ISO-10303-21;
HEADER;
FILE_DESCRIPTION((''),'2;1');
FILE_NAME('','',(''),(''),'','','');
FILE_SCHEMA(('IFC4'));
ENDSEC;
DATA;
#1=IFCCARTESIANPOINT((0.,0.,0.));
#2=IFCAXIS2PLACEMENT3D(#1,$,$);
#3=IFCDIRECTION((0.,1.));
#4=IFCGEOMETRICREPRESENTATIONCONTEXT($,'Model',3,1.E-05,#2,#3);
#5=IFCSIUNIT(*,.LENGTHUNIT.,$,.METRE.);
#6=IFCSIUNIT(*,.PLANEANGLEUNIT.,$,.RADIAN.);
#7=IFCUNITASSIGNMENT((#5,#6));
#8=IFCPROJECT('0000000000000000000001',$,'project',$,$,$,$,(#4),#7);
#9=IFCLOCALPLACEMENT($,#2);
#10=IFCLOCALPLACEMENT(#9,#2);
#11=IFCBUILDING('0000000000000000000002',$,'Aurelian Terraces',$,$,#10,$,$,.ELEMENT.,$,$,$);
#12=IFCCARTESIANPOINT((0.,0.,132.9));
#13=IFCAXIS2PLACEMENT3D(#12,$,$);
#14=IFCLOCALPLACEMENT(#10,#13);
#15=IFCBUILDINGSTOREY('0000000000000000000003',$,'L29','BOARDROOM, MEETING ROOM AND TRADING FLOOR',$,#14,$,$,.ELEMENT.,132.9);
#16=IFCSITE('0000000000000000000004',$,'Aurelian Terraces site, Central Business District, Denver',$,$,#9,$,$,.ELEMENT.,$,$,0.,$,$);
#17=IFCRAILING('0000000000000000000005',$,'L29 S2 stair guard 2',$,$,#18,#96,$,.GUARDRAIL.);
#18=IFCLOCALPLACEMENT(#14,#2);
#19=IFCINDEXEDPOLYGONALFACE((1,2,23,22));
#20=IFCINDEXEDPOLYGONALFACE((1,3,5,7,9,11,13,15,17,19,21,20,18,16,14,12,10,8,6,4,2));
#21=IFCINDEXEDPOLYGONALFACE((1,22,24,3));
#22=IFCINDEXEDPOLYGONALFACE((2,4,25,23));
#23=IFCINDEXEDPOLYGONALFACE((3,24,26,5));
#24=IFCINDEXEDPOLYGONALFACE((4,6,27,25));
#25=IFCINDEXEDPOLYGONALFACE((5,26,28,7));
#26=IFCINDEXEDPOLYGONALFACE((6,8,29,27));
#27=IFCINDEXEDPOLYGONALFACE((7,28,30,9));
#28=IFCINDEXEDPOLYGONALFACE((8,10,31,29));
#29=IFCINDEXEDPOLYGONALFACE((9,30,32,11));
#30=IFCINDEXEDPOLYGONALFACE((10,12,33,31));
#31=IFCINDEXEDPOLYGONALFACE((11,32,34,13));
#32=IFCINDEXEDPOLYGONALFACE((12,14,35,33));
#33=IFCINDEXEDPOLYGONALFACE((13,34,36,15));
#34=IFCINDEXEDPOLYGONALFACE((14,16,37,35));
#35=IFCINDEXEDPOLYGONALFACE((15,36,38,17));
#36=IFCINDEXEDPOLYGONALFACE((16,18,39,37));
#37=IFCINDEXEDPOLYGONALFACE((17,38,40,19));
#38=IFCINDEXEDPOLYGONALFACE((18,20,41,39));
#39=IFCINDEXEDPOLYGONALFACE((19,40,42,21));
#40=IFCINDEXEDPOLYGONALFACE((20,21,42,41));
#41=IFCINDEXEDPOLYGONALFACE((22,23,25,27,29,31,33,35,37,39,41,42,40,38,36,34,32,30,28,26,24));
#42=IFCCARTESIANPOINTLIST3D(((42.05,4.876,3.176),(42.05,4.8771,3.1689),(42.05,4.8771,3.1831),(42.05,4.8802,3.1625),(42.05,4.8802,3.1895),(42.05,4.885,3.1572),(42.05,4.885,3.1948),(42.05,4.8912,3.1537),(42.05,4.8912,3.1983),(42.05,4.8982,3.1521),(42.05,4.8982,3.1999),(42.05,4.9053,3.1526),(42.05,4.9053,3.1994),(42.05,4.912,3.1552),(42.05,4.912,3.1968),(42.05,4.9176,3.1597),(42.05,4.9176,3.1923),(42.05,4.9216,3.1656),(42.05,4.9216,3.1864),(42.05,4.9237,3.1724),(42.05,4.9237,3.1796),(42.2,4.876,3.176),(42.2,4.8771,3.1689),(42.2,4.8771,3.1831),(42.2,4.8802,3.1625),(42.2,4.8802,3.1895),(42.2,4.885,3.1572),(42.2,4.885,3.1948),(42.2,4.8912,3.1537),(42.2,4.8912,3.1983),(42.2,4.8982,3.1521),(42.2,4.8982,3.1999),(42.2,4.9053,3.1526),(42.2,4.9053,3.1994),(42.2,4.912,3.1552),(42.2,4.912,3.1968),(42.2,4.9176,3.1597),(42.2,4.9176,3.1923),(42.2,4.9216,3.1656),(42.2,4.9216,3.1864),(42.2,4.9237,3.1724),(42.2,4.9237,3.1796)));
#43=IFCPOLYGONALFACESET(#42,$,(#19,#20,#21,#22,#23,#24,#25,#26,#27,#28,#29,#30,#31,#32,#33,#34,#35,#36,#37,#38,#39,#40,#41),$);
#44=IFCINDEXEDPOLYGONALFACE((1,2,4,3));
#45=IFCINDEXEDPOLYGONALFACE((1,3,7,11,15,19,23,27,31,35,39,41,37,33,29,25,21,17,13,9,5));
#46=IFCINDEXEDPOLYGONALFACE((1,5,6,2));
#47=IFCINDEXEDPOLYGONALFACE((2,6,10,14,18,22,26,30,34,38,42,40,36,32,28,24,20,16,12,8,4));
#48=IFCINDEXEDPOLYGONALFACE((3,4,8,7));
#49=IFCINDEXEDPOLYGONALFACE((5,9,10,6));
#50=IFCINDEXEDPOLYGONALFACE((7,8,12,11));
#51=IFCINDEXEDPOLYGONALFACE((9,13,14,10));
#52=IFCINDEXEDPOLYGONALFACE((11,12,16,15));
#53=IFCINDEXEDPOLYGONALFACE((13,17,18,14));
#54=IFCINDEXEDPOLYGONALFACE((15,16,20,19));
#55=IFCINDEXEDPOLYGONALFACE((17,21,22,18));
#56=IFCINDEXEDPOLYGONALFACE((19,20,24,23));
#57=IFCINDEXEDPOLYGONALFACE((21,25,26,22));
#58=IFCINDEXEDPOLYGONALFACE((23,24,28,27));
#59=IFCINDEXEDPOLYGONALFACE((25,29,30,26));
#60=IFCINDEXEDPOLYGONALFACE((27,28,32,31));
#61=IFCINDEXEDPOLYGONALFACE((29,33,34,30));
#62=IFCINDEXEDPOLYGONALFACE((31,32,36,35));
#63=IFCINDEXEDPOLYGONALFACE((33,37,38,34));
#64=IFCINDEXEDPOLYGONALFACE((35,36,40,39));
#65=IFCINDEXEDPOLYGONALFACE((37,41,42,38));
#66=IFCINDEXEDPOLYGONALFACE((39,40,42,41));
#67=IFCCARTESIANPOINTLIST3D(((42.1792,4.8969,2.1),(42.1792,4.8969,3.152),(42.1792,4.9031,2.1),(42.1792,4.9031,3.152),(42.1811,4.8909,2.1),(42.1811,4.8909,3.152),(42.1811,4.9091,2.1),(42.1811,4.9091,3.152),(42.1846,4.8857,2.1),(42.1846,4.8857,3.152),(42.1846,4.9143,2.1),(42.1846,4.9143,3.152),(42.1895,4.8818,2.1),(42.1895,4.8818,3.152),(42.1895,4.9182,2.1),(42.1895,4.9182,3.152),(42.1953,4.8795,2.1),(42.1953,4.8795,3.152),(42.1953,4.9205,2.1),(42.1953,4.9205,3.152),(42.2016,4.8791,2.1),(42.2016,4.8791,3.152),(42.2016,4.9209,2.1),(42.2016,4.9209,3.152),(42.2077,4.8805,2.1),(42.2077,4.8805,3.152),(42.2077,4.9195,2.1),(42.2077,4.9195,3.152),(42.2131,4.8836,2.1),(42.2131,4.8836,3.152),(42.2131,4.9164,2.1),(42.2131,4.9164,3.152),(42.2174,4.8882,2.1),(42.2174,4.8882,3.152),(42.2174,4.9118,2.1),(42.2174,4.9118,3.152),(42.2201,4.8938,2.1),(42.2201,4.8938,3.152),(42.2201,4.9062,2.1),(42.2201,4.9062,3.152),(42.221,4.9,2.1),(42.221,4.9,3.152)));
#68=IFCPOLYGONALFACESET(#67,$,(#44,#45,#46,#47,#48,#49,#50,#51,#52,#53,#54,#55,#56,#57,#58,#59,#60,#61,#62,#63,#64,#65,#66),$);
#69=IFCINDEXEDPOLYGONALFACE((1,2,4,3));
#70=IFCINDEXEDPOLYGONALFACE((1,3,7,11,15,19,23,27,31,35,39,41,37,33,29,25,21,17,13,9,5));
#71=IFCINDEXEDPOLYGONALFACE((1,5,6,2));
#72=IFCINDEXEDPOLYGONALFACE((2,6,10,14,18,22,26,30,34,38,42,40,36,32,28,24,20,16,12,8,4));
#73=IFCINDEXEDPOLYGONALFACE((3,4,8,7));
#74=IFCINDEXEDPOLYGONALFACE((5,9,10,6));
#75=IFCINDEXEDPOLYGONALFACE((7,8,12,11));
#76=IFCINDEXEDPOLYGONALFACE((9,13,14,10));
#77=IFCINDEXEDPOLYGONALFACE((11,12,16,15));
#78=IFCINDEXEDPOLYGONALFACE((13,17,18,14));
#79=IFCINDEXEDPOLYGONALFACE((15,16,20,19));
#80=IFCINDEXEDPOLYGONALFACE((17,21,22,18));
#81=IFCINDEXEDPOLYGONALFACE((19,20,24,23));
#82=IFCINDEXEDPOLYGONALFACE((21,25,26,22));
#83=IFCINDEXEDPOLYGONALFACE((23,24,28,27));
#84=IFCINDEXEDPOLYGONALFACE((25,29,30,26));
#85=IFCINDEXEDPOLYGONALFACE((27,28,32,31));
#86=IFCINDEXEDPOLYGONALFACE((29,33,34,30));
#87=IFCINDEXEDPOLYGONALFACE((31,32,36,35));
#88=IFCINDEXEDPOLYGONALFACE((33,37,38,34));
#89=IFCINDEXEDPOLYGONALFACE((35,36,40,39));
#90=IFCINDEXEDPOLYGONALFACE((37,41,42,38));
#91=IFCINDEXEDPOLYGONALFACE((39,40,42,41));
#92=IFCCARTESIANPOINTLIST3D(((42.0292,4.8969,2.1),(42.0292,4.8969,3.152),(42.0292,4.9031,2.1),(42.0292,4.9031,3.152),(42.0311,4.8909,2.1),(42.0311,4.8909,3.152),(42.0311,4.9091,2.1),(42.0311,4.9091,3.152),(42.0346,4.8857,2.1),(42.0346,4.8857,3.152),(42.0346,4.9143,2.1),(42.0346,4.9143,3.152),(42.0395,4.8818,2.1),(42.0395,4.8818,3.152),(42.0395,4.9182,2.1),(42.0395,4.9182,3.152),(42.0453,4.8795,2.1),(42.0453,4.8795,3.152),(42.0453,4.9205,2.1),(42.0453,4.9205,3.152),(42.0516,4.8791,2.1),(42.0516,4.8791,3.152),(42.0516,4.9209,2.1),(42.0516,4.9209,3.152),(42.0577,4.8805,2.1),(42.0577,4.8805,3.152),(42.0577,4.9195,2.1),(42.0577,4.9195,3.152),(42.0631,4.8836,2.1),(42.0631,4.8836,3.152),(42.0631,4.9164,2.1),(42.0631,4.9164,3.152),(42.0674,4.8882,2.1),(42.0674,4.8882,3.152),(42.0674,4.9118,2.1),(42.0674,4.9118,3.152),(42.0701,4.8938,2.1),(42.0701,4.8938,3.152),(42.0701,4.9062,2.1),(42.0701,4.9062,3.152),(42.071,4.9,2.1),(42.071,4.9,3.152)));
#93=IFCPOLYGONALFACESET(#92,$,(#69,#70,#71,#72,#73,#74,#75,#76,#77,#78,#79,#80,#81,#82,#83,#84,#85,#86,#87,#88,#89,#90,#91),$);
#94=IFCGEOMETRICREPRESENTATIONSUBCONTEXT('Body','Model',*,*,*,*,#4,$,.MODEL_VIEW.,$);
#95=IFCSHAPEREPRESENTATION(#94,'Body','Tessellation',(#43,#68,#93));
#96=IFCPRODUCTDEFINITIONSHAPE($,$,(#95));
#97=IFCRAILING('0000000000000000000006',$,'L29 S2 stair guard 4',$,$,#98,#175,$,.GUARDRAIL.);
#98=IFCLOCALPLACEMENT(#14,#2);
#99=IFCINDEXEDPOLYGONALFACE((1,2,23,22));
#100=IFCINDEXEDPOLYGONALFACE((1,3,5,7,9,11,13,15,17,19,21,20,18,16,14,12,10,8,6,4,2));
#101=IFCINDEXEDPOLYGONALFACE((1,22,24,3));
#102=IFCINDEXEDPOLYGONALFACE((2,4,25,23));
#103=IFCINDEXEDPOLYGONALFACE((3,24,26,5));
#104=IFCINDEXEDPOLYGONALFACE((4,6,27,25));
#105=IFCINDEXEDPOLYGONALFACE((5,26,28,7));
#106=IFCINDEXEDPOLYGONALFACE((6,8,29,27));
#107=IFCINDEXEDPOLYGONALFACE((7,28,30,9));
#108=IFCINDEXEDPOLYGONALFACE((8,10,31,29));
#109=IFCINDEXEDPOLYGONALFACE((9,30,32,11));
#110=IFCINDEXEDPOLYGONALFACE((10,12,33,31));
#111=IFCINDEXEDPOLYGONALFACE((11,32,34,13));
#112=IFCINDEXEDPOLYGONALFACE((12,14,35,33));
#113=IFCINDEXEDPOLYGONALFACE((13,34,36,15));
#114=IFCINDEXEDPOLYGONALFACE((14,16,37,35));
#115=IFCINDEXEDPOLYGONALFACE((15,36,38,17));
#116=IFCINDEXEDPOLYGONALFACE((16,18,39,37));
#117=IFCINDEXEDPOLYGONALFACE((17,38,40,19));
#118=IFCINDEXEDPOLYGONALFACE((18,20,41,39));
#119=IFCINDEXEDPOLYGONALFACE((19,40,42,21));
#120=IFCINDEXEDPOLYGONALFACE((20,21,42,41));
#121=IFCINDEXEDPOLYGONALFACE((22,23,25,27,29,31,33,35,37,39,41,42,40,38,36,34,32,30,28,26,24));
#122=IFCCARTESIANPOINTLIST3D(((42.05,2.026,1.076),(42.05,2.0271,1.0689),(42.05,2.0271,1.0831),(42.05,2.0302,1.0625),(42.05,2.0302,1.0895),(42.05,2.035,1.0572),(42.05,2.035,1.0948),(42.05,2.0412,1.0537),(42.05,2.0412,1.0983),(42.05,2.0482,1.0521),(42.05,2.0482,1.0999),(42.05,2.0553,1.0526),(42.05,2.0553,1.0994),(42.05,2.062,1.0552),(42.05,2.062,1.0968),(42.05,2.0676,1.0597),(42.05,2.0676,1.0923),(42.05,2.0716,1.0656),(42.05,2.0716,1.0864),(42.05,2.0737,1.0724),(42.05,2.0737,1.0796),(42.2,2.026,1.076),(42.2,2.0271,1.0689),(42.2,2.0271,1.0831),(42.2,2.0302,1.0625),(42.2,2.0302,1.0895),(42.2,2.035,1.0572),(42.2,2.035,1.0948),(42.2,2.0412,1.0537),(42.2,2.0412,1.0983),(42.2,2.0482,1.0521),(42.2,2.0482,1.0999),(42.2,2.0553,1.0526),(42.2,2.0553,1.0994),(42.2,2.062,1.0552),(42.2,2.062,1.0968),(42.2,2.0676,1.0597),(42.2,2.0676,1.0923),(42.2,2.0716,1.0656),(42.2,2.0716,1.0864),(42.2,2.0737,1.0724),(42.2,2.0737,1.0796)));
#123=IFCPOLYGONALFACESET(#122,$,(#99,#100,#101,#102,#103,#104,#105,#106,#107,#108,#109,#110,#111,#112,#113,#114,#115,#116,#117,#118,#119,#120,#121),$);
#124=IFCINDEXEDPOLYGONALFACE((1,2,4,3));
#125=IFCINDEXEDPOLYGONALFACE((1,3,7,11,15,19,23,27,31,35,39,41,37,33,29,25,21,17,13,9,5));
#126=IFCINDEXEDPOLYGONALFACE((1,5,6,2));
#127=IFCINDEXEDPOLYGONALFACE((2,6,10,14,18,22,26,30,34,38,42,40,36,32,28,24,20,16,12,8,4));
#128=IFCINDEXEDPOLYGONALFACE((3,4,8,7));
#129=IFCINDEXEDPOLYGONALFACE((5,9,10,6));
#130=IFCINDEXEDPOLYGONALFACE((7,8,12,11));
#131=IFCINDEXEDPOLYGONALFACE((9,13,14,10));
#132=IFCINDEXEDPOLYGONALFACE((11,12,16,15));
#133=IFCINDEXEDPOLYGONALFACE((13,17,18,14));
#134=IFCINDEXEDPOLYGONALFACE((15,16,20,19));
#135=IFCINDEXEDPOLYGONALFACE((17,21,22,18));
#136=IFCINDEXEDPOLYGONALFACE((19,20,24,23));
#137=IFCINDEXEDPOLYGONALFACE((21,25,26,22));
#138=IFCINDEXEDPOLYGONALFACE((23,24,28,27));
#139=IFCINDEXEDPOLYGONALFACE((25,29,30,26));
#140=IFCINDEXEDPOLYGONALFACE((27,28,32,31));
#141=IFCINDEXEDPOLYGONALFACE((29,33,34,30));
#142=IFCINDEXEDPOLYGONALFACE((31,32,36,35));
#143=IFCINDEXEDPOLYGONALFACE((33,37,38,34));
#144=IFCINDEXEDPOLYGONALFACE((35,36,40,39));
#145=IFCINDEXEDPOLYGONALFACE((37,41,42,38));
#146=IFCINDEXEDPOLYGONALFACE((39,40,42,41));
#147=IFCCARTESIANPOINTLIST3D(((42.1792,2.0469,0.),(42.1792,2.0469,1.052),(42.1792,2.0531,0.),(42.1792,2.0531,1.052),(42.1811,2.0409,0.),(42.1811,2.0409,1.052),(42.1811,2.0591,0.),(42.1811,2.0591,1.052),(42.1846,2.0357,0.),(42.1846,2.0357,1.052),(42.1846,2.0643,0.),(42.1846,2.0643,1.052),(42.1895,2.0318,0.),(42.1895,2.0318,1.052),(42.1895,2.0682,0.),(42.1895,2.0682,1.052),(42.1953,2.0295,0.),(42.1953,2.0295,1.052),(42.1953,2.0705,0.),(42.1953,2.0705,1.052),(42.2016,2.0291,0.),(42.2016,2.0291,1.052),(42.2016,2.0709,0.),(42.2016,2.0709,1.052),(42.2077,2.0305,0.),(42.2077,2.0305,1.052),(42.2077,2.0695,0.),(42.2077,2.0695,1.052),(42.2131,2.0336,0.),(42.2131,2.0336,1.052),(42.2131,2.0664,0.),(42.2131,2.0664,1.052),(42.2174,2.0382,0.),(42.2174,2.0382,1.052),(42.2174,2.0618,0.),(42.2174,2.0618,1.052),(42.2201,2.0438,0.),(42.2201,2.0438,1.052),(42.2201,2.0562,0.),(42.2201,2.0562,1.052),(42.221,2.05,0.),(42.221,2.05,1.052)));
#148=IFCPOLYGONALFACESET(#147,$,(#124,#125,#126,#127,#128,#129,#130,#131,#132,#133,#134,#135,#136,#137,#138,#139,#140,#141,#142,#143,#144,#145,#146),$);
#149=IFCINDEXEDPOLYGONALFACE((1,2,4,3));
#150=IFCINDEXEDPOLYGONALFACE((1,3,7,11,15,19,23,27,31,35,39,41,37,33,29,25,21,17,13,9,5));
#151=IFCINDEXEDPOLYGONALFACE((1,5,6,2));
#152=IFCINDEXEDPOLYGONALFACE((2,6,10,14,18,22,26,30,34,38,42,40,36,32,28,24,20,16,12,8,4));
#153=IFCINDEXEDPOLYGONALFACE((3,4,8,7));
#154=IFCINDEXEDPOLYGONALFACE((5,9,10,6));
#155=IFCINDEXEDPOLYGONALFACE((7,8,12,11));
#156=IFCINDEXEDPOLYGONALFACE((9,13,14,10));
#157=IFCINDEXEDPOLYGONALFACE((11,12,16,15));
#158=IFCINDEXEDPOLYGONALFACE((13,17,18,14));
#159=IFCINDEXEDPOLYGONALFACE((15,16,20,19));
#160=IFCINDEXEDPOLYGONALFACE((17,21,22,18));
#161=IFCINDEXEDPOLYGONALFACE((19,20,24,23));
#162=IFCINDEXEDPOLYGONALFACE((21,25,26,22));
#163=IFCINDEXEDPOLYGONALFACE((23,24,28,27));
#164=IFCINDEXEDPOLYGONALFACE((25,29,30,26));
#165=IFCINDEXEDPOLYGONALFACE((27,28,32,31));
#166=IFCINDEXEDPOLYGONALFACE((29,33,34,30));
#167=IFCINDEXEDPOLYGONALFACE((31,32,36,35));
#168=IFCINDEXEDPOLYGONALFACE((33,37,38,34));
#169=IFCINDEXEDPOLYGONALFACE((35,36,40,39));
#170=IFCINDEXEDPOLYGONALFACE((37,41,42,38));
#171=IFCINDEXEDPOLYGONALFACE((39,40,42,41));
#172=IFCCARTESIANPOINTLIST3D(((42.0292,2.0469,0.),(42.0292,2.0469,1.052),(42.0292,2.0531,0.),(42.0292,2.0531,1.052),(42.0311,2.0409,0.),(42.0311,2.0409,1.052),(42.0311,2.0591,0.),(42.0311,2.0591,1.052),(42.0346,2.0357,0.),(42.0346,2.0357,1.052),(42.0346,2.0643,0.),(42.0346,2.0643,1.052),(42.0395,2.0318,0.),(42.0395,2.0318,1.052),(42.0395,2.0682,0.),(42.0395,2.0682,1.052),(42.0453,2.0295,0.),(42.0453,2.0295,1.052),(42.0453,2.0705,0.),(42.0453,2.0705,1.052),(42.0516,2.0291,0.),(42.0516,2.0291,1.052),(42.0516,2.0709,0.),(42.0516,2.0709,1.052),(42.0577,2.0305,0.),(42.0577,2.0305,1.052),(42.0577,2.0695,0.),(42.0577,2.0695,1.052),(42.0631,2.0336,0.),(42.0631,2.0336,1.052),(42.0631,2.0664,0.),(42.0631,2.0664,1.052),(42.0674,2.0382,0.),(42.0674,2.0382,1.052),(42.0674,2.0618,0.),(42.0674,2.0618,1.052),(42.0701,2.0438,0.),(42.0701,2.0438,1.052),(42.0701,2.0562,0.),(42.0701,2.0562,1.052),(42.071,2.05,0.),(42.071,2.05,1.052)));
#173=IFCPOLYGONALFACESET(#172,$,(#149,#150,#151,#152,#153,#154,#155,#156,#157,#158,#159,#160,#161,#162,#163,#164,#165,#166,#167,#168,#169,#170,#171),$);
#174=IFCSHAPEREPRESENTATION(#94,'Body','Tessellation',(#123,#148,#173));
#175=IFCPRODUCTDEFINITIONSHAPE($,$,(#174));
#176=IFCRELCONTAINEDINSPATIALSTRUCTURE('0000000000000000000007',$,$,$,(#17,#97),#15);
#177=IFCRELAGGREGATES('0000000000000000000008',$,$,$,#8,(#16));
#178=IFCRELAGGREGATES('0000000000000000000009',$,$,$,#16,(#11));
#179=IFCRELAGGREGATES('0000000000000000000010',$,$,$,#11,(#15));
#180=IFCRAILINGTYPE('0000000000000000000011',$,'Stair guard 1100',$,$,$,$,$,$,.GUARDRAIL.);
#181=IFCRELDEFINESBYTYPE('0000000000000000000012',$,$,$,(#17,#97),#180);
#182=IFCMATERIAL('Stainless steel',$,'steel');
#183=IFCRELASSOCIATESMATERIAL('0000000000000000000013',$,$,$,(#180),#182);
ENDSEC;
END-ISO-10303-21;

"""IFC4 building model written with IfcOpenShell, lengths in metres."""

from ifc_helpers import new_model, si_unit, direction, frame, origin, origin_2d, place, context, subcontext, project, spatial, circle, extrude, source, transform, mapped, material, type_object, element, save


model = new_model("IFC4")

# Units and contexts
model_context = context("Model", 3, precision=1e-05, world=origin(), true_north=direction((0.0, 1.0)))
body_context = subcontext(model_context, "Body", "Model", "MODEL_VIEW")
ifc_project = project(units=[si_unit("LENGTHUNIT", "METRE"), si_unit("PLANEANGLEUNIT", "RADIAN")], contexts=[model_context])

# Site, building, storey
site_placement = place(None, origin())
site = spatial("IfcSite", under=ifc_project, at=site_placement, Name="Aurelian Terraces site, Central Business District, Denver", CompositionType="ELEMENT", RefElevation=0.0)
building_placement = place(site_placement, origin())
building = spatial("IfcBuilding", under=site, at=building_placement, Name="Aurelian Terraces", CompositionType="ELEMENT")
storey_placement = place(building_placement, frame((0.0, 0.0, 132.9)))
storey = spatial("IfcBuildingStorey", under=building, at=storey_placement, Name="L29", Description="BOARDROOM, MEETING ROOM AND TRADING FLOOR", CompositionType="ELEMENT", Elevation=132.9)

# Railings
ifc_material_1 = material(Name="Stainless steel", Category="steel")
railing_type_1 = type_object("IfcRailingType", Name="Stair guard 1100", PredefinedType="GUARDRAIL", material=ifc_material_1)
shared_shape_1 = source(origin(), body_context, "Body", "SweptSolid", [
    extrude(circle(Radius=0.024, at=origin_2d()), frame((0.0, 0.0, 1.076), z_axis=(-1.0, 0.0, 0.0), x_axis=(0.0, -1.0, 0.0)), (0.0, 0.0, 1.0), 0.15),
    extrude(circle(Radius=0.021, at=origin_2d()), origin(), (0.0, 0.0, 1.0), 1.052),
    extrude(circle(Radius=0.021, at=origin_2d()), frame((-0.15, 0.0, 0.0)), (0.0, 0.0, 1.0), 1.052),
])
for number, where, name in (
    (1, (42.2, 4.9, 2.1), "L29 S2 stair guard 2"),
    (2, (42.2, 2.05, 0.0), "L29 S2 stair guard 4"),
):
    element("IfcRailing", number, at=place(storey_placement, frame(where)), inside=storey, type_object=railing_type_1, Name=name, PredefinedType="GUARDRAIL", context=body_context, shape_type="MappedRepresentation", body=[
        mapped(shared_shape_1, transform((0.0, 0.0, 0.0), scale=1.0)),
    ])

save(model, "model.ifc")
